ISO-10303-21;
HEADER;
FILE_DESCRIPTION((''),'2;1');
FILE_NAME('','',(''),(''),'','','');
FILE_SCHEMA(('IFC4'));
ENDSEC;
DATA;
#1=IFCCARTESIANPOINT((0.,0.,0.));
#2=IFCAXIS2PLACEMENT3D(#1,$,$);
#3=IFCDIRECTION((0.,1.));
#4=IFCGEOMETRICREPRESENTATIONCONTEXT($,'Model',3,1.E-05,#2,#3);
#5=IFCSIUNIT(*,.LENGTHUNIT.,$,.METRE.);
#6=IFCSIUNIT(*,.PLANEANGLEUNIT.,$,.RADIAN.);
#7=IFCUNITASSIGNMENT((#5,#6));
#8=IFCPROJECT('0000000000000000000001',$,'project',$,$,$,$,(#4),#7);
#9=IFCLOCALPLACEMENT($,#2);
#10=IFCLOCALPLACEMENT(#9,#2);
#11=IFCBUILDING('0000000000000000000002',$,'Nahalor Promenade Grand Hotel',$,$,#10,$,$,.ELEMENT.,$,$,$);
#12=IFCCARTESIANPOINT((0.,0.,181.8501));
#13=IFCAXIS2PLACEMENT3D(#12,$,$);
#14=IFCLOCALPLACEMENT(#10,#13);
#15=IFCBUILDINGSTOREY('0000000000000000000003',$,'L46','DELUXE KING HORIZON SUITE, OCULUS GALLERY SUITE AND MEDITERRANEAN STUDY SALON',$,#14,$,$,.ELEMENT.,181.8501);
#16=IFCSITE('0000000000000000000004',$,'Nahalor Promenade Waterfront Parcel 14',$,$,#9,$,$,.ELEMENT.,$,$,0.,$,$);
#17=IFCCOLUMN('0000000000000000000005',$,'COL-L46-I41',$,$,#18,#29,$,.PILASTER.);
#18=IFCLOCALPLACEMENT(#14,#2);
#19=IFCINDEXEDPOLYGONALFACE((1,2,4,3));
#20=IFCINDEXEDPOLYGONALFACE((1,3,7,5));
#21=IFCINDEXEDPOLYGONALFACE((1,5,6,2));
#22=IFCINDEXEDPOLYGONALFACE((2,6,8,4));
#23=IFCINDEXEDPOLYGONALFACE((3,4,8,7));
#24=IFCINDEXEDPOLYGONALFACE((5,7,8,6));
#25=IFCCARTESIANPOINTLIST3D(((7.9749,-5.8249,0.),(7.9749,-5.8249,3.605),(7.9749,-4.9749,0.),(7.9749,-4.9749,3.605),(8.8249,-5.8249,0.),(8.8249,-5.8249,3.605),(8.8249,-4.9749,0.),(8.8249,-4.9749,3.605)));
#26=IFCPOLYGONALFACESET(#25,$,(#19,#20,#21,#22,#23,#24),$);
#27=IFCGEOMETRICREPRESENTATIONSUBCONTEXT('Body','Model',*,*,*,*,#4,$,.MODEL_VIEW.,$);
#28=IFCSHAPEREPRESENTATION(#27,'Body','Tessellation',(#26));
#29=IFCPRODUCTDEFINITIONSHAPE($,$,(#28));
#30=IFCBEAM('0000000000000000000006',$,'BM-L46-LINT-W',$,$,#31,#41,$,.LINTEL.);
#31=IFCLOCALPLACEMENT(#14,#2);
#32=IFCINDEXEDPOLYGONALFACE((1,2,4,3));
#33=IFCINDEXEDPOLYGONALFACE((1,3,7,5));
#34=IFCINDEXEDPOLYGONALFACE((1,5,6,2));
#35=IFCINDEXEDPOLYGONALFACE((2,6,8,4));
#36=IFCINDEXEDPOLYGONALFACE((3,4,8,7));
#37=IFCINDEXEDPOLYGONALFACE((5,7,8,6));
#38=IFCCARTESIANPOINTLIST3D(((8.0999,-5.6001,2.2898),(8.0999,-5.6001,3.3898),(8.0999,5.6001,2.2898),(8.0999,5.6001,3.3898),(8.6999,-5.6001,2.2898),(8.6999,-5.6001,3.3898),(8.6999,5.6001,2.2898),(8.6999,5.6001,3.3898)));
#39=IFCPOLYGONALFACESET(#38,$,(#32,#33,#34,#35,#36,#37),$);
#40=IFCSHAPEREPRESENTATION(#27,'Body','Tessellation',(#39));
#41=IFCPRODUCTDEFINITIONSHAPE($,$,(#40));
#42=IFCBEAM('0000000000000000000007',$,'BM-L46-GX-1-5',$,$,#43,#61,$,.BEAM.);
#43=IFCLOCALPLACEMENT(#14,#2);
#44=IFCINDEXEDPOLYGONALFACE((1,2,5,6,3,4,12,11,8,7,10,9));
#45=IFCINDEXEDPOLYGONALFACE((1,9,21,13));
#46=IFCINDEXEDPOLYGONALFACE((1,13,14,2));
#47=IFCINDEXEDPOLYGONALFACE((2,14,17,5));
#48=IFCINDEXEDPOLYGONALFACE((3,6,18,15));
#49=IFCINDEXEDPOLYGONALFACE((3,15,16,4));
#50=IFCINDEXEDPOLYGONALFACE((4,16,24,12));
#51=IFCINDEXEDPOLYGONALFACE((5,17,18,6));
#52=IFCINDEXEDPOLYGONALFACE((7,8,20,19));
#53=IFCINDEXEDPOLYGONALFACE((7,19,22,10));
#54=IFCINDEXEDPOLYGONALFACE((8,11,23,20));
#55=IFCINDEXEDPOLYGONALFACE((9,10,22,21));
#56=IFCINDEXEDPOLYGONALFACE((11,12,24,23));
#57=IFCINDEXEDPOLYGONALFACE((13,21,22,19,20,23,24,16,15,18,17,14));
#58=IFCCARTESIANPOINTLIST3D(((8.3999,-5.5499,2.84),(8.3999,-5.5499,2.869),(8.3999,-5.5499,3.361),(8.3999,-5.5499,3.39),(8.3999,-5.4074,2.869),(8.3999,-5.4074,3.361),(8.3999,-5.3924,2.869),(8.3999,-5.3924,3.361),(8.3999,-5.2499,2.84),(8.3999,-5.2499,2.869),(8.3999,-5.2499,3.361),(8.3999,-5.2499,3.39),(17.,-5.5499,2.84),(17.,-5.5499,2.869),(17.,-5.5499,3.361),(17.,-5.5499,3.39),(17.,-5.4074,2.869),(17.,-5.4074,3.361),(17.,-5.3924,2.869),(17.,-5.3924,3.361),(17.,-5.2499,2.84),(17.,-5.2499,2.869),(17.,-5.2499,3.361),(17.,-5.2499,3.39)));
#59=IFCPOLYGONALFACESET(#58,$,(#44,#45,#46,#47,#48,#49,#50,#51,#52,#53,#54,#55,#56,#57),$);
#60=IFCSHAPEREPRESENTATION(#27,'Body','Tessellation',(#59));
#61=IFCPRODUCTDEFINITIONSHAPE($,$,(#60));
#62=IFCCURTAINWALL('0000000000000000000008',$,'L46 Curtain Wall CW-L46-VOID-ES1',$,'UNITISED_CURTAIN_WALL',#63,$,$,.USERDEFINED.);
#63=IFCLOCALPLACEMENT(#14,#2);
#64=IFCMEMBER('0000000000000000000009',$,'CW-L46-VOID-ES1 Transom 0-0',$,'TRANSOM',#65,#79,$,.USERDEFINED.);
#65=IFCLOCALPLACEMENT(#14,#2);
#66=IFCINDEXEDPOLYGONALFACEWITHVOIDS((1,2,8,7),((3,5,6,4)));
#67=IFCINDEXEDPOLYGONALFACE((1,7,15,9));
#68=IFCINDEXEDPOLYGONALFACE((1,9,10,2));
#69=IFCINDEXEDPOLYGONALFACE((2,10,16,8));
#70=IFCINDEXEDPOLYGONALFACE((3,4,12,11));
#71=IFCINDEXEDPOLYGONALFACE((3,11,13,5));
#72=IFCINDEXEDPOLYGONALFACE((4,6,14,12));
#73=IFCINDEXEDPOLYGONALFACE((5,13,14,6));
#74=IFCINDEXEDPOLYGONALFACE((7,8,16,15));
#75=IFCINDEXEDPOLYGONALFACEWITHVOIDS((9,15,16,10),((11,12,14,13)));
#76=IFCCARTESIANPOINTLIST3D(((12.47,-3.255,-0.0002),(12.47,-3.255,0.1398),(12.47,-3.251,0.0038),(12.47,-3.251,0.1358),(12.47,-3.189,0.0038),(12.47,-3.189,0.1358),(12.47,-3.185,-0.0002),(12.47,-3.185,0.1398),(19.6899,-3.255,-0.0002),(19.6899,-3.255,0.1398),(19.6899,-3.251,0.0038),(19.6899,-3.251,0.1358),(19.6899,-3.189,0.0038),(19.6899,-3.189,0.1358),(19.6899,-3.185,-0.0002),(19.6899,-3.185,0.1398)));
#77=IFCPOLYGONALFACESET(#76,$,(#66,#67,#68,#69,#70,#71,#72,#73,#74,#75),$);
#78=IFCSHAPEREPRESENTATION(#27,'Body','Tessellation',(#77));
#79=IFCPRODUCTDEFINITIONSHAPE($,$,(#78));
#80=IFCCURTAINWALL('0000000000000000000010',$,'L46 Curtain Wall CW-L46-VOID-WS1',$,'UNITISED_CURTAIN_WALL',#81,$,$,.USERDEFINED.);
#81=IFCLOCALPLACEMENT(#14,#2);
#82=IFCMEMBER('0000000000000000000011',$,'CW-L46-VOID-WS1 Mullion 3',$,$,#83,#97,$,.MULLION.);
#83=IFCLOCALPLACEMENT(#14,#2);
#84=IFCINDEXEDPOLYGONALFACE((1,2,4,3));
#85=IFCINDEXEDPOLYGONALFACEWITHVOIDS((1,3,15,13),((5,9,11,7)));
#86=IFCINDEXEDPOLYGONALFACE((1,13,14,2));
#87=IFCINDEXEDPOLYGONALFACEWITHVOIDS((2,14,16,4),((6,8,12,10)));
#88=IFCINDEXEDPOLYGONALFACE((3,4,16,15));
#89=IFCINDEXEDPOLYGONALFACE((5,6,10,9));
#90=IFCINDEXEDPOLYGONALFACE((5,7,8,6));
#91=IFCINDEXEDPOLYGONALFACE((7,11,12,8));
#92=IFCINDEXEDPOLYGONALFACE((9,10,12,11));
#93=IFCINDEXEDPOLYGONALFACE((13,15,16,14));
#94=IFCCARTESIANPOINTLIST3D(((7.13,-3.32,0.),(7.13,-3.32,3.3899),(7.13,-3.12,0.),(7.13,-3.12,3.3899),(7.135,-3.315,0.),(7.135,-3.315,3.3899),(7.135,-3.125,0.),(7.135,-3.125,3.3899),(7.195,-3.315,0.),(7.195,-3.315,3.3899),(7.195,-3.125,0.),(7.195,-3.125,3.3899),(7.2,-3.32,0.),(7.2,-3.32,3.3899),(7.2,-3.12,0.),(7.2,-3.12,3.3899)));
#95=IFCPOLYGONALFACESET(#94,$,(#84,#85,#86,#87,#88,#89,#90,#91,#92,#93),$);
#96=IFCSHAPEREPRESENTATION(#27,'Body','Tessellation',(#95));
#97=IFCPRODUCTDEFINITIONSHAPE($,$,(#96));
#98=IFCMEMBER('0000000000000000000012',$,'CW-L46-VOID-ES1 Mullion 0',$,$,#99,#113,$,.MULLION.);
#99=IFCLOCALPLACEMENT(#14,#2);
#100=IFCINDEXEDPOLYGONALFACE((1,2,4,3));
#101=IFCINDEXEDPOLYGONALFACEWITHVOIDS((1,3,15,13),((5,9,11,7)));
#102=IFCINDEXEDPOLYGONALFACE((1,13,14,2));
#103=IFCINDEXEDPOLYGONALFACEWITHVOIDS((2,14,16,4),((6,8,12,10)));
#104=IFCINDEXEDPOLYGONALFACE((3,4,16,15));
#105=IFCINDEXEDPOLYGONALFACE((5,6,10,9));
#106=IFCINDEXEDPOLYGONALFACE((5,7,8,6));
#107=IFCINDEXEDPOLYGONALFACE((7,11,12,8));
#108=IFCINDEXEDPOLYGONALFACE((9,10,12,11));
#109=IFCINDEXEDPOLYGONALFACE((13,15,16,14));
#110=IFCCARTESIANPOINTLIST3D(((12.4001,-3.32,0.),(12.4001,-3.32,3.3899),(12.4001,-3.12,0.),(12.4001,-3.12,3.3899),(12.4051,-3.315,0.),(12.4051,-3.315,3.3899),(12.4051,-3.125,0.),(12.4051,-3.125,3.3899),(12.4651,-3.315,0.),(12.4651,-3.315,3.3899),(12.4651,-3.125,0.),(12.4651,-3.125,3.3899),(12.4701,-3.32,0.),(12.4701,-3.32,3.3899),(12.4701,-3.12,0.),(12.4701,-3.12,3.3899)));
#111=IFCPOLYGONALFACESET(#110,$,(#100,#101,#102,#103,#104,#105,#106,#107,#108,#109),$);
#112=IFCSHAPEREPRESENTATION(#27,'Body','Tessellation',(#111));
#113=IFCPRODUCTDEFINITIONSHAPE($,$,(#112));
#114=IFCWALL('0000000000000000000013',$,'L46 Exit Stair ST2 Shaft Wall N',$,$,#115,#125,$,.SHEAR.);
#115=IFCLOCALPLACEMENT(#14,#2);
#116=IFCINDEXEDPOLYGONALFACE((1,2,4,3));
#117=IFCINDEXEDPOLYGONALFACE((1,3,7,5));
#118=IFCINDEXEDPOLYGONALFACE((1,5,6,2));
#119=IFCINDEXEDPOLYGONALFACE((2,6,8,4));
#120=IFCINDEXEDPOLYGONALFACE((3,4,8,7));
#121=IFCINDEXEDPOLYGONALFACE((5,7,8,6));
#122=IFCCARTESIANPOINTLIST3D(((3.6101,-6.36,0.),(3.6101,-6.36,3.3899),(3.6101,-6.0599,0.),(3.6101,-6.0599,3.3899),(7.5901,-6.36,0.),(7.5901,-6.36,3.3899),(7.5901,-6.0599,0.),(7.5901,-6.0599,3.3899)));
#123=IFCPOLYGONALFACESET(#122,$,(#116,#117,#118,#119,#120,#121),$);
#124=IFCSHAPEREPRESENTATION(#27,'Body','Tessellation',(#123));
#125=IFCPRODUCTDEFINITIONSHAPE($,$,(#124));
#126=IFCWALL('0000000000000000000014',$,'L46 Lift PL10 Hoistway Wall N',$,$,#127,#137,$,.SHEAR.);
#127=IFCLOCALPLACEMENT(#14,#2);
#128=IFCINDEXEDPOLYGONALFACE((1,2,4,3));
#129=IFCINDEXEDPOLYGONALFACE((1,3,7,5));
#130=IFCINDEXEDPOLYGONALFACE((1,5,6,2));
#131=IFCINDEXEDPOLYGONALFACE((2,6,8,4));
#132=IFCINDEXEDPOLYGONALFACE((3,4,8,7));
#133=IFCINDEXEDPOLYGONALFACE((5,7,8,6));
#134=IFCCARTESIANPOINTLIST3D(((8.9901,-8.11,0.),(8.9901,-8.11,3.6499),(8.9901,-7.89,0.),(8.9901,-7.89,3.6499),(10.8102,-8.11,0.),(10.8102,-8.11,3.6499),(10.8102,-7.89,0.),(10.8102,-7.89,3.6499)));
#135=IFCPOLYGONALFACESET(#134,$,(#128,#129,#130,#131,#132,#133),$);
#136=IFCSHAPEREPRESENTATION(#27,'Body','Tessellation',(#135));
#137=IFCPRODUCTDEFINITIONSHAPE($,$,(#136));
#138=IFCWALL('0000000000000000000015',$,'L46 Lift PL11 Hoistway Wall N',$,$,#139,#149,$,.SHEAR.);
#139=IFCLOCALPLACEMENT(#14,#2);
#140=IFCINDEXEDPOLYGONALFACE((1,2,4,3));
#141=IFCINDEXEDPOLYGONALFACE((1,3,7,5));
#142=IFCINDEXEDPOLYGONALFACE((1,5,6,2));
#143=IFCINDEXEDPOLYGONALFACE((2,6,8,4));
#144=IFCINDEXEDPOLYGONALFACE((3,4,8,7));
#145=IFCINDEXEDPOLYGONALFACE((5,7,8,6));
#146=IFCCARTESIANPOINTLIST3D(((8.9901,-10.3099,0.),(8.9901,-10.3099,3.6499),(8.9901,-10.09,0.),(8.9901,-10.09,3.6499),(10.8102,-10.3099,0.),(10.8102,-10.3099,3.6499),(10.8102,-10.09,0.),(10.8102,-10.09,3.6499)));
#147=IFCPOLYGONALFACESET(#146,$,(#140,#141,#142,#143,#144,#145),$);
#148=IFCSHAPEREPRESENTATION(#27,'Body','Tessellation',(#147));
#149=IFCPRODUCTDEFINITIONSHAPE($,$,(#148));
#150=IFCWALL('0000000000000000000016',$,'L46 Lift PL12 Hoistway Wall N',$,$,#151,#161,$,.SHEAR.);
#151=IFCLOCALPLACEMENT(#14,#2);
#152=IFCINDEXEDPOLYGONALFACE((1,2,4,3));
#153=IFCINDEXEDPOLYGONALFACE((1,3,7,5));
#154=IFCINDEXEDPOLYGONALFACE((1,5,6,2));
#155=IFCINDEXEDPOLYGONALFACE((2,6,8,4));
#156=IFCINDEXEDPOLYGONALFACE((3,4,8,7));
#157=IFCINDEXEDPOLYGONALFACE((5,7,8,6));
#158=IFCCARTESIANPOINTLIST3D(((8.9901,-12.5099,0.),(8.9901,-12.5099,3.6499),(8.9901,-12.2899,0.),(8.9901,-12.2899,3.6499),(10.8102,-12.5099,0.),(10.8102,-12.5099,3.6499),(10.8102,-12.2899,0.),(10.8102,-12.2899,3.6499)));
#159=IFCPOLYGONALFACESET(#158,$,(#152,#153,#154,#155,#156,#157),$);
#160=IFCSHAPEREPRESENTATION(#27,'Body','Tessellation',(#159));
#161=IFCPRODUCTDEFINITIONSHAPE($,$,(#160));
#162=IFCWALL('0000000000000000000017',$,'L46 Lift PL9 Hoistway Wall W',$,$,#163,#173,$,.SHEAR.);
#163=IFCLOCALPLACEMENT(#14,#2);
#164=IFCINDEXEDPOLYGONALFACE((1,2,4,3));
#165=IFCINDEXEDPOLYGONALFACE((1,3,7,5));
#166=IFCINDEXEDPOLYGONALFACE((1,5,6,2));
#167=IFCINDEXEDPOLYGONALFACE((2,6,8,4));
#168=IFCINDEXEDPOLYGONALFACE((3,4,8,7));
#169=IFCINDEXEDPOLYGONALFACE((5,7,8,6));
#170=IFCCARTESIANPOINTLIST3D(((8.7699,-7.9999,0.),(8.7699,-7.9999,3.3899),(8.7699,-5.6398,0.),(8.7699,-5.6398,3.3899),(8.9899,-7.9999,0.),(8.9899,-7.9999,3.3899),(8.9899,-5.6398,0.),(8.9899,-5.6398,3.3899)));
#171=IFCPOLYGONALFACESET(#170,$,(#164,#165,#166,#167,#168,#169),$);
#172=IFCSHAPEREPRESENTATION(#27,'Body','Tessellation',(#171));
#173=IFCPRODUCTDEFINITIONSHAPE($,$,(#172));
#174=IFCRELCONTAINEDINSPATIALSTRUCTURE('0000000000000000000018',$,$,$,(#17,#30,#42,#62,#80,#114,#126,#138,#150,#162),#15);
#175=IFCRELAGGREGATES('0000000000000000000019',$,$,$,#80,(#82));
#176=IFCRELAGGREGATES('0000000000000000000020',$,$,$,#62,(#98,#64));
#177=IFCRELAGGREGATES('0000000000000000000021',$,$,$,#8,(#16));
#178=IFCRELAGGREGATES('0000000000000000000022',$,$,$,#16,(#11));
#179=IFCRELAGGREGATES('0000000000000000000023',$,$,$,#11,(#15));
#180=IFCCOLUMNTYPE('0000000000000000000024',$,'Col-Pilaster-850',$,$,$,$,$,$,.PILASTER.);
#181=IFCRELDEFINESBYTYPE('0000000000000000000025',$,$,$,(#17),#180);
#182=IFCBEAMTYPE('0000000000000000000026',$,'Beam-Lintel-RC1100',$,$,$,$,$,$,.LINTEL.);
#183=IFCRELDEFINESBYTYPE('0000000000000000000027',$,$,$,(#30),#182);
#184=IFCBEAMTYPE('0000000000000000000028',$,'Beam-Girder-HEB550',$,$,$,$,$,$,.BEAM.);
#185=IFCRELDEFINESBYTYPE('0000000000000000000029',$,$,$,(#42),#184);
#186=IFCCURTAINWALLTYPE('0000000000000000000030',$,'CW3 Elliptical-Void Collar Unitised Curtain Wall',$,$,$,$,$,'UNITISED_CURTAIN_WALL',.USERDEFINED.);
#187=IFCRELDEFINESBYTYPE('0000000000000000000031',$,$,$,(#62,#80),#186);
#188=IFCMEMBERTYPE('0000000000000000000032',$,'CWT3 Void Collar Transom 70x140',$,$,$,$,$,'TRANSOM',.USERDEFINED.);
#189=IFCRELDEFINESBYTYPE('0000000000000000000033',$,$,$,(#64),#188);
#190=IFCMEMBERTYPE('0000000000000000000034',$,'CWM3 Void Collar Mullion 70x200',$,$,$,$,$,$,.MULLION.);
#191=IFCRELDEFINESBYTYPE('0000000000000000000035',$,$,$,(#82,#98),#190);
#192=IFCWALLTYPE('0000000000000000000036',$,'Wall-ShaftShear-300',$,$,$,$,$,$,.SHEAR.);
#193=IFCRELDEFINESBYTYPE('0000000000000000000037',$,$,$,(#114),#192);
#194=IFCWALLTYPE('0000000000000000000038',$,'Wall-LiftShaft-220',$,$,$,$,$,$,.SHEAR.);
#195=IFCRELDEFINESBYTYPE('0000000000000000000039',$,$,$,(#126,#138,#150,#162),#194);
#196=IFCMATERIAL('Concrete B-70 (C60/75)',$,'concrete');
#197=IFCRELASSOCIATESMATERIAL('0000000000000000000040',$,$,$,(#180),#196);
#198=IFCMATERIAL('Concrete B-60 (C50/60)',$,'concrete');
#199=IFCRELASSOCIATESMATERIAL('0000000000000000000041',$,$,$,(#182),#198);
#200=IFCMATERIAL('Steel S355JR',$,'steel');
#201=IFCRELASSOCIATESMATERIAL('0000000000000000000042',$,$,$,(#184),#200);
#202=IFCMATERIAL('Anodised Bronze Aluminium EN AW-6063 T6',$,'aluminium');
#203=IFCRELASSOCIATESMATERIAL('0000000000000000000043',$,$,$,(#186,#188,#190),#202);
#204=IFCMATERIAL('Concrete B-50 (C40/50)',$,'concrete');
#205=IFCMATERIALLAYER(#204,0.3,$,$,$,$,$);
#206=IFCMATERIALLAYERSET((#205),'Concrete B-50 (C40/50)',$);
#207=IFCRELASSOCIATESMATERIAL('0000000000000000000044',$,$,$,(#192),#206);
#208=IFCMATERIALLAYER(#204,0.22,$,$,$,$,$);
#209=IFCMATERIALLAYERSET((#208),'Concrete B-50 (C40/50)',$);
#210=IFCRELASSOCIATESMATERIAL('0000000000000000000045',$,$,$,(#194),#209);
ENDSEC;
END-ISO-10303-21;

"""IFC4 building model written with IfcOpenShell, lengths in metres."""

from ifc_helpers import new_model, si_unit, direction, frame, frame_2d, origin, origin_2d, place, context, subcontext, project, spatial, rectangle, hollow_rectangle, i_section, extrude, source, transform, mapped, material, layer, layer_set, material_profile, profile_set, type_object, element, aggregate, save


model = new_model("IFC4")

# Units and contexts
model_context = context("Model", 3, precision=1e-05, world=origin(), true_north=direction((0.0, 1.0)))
body_context = subcontext(model_context, "Body", "Model", "MODEL_VIEW")
ifc_project = project(units=[si_unit("LENGTHUNIT", "METRE"), si_unit("PLANEANGLEUNIT", "RADIAN")], contexts=[model_context])

# Site, building, storey
site_placement = place(None, origin())
site = spatial("IfcSite", under=ifc_project, at=site_placement, Name="Nahalor Promenade Waterfront Parcel 14", CompositionType="ELEMENT", RefElevation=0.0)
building_placement = place(site_placement, origin())
building = spatial("IfcBuilding", under=site, at=building_placement, Name="Nahalor Promenade Grand Hotel", CompositionType="ELEMENT")
storey_placement = place(building_placement, frame((0.0, 0.0, 181.8501)))
storey = spatial("IfcBuildingStorey", under=building, at=storey_placement, Name="L46", Description="DELUXE KING HORIZON SUITE, OCULUS GALLERY SUITE AND MEDITERRANEAN STUDY SALON", CompositionType="ELEMENT", Elevation=181.8501)

# Column
ifc_material_1 = material(Name="Concrete B-70 (C60/75)", Category="concrete")
ifc_material_profile_1 = material_profile(ifc_material_1, rectangle(XDim=0.85, YDim=0.85, at=origin_2d()), Name="RC 850x850")
ifc_profile_set_1 = profile_set([ifc_material_profile_1], Name="Concrete B-70 (C60/75)")
column_type = type_object("IfcColumnType", Name="Col-Pilaster-850", PredefinedType="PILASTER", material=ifc_profile_set_1)
shared_shape_1 = source(origin(), body_context, "Body", "SweptSolid", [
    extrude(rectangle(XDim=0.85, YDim=0.85, at=origin_2d()), origin(), (0.0, 0.0, 1.0), 3.605),
])
column_placement = place(storey_placement, frame((8.3999, -5.3999, 0.0), z_axis=(0.0, 0.0, 1.0), x_axis=(1.0, 0.0, 0.0)))
element("IfcColumn", 1, at=column_placement, inside=storey, type_object=column_type, Name="COL-L46-I41", PredefinedType="PILASTER", context=body_context, shape_type="MappedRepresentation", body=[
    mapped(shared_shape_1, transform((0.0, 0.0, 0.0), scale=1.0)),
])

# Beams
ifc_material_2 = material(Name="Concrete B-60 (C50/60)", Category="concrete")
ifc_material_profile_2 = material_profile(ifc_material_2, rectangle(XDim=0.6, YDim=1.1, at=origin_2d()), Name="RC 600x1100")
ifc_profile_set_2 = profile_set([ifc_material_profile_2], Name="Concrete B-60 (C50/60)")
beam_type_1 = type_object("IfcBeamType", Name="Beam-Lintel-RC1100", PredefinedType="LINTEL", material=ifc_profile_set_2)
shared_shape_2 = source(origin(), body_context, "Body", "SweptSolid", [
    extrude(rectangle(XDim=0.6, YDim=1.1, at=origin_2d()), origin(), (0.0, 0.0, 1.0), 11.2002),
])
beam_1_placement = place(storey_placement, frame((8.3999, -5.6001, 2.8398), z_axis=(0.0, 1.0, 0.0), x_axis=(-1.0, 0.0, 0.0)))
element("IfcBeam", 2, at=beam_1_placement, inside=storey, type_object=beam_type_1, Name="BM-L46-LINT-W", PredefinedType="LINTEL", context=body_context, shape_type="MappedRepresentation", body=[
    mapped(shared_shape_2, transform((0.0, 0.0, 0.0), scale=1.0)),
])
ifc_material_3 = material(Name="Steel S355JR", Category="steel")
ifc_material_profile_3 = material_profile(ifc_material_3, i_section(OverallWidth=0.3, OverallDepth=0.55, WebThickness=0.015, FlangeThickness=0.029, at=origin_2d()), Name="HEB 550")
ifc_profile_set_3 = profile_set([ifc_material_profile_3], Name="Steel S355JR")
beam_type_2 = type_object("IfcBeamType", Name="Beam-Girder-HEB550", PredefinedType="BEAM", material=ifc_profile_set_3)
shared_shape_3 = source(origin(), body_context, "Body", "SweptSolid", [
    extrude(i_section(OverallWidth=0.3, OverallDepth=0.55, WebThickness=0.015, FlangeThickness=0.029, at=origin_2d()), origin(), (0.0, 0.0, 1.0), 8.6001),
])
beam_2_placement = place(storey_placement, frame((8.3999, -5.3999, 3.115), z_axis=(1.0, 0.0, 0.0), x_axis=(0.0, 1.0, 0.0)))
element("IfcBeam", 3, at=beam_2_placement, inside=storey, type_object=beam_type_2, Name="BM-L46-GX-1-5", PredefinedType="BEAM", context=body_context, shape_type="MappedRepresentation", body=[
    mapped(shared_shape_3, transform((0.0, 0.0, 0.0), scale=1.0)),
])

# Curtain walls, members
ifc_material_4 = material(Name="Anodised Bronze Aluminium EN AW-6063 T6", Category="aluminium")
curtain_wall_type = type_object("IfcCurtainWallType", Name="CW3 Elliptical-Void Collar Unitised Curtain Wall", ElementType="UNITISED_CURTAIN_WALL", PredefinedType="USERDEFINED", material=ifc_material_4)
curtain_wall_1_placement = place(storey_placement, origin())
curtain_wall_1 = element("IfcCurtainWall", 4, at=curtain_wall_1_placement, inside=storey, type_object=curtain_wall_type, Name="L46 Curtain Wall CW-L46-VOID-ES1", ObjectType="UNITISED_CURTAIN_WALL", PredefinedType="USERDEFINED")
ifc_material_profile_4 = material_profile(ifc_material_4, hollow_rectangle(XDim=0.07, YDim=0.14, WallThickness=0.004, at=origin_2d()), Name="CWT 70x140x4")
ifc_profile_set_4 = profile_set([ifc_material_profile_4], Name="Anodised Bronze Aluminium EN AW-6063 T6")
member_type_1 = type_object("IfcMemberType", Name="CWT3 Void Collar Transom 70x140", ElementType="TRANSOM", PredefinedType="USERDEFINED", material=ifc_profile_set_4)
shared_shape_4 = source(origin(), body_context, "Body", "SweptSolid", [
    extrude(hollow_rectangle(XDim=0.07, YDim=0.14, WallThickness=0.004, at=origin_2d()), origin(), (0.0, 0.0, 1.0), 7.22),
])
member_1_placement = place(storey_placement, frame((12.47, -3.22, 0.0698), z_axis=(1.0, 0.0, 0.0), x_axis=(0.0, 1.0, 0.0)))
member_1 = element("IfcMember", 5, at=member_1_placement, type_object=member_type_1, Name="CW-L46-VOID-ES1 Transom 0-0", ObjectType="TRANSOM", PredefinedType="USERDEFINED", context=body_context, shape_type="MappedRepresentation", body=[
    mapped(shared_shape_4, transform((0.0, 0.0, 0.0), scale=1.0)),
])
curtain_wall_2_placement = place(storey_placement, origin())
curtain_wall_2 = element("IfcCurtainWall", 6, at=curtain_wall_2_placement, inside=storey, type_object=curtain_wall_type, Name="L46 Curtain Wall CW-L46-VOID-WS1", ObjectType="UNITISED_CURTAIN_WALL", PredefinedType="USERDEFINED")
ifc_material_profile_5 = material_profile(ifc_material_4, hollow_rectangle(XDim=0.07, YDim=0.2, WallThickness=0.005, at=origin_2d()), Name="CWM 70x200x5")
ifc_profile_set_5 = profile_set([ifc_material_profile_5], Name="Anodised Bronze Aluminium EN AW-6063 T6")
member_type_2 = type_object("IfcMemberType", Name="CWM3 Void Collar Mullion 70x200", PredefinedType="MULLION", material=ifc_profile_set_5)
shared_shape_5 = source(origin(), body_context, "Body", "SweptSolid", [
    extrude(hollow_rectangle(XDim=0.07, YDim=0.2, WallThickness=0.005, at=origin_2d()), origin(), (0.0, 0.0, 1.0), 3.3899),
])
member_2_placement = place(storey_placement, frame((7.165, -3.22, 0.0), z_axis=(0.0, 0.0, 1.0), x_axis=(1.0, 0.0, 0.0)))
member_2 = element("IfcMember", 7, at=member_2_placement, type_object=member_type_2, Name="CW-L46-VOID-WS1 Mullion 3", PredefinedType="MULLION", context=body_context, shape_type="MappedRepresentation", body=[
    mapped(shared_shape_5, transform((0.0, 0.0, 0.0), scale=1.0)),
])
aggregate(curtain_wall_2, [member_2])

# Member
member_3_placement = place(storey_placement, frame((12.4351, -3.22, 0.0), z_axis=(0.0, 0.0, 1.0), x_axis=(1.0, 0.0, 0.0)))
member_3 = element("IfcMember", 8, at=member_3_placement, type_object=member_type_2, Name="CW-L46-VOID-ES1 Mullion 0", PredefinedType="MULLION", context=body_context, shape_type="MappedRepresentation", body=[
    mapped(shared_shape_5, transform((0.0, 0.0, 0.0), scale=1.0)),
])
aggregate(curtain_wall_1, [member_3, member_1])

# Walls
ifc_material_5 = material(Name="Concrete B-50 (C40/50)", Category="concrete")
ifc_layer_1 = layer(ifc_material_5, 0.3)
ifc_layer_set_1 = layer_set([ifc_layer_1], Name="Concrete B-50 (C40/50)")
wall_type_1 = type_object("IfcWallType", Name="Wall-ShaftShear-300", PredefinedType="SHEAR", material=ifc_layer_set_1)
shared_shape_6 = source(origin(), body_context, "Body", "SweptSolid", [
    extrude(rectangle(XDim=3.98, YDim=0.3, at=frame_2d((1.99, 0.0))), origin(), (0.0, 0.0, 1.0), 3.3899),
])
wall_1_placement = place(storey_placement, frame((3.6101, -6.21, 0.0), z_axis=(0.0, 0.0, 1.0), x_axis=(1.0, 0.0, 0.0)))
element("IfcWall", 9, at=wall_1_placement, inside=storey, type_object=wall_type_1, Name="L46 Exit Stair ST2 Shaft Wall N", PredefinedType="SHEAR", context=body_context, shape_type="MappedRepresentation", body=[
    mapped(shared_shape_6, transform((0.0, 0.0, 0.0), scale=1.0)),
])
ifc_layer_2 = layer(ifc_material_5, 0.22)
ifc_layer_set_2 = layer_set([ifc_layer_2], Name="Concrete B-50 (C40/50)")
wall_type_2 = type_object("IfcWallType", Name="Wall-LiftShaft-220", PredefinedType="SHEAR", material=ifc_layer_set_2)
shared_shape_7 = source(origin(), body_context, "Body", "SweptSolid", [
    extrude(rectangle(XDim=1.8201, YDim=0.22, at=frame_2d((0.9102, 0.0))), origin(), (0.0, 0.0, 1.0), 3.6499),
])
for number, where, z_axis, x_axis, name in (
    (10, (8.99, -8.0, 0.0), (0.0, 0.0, 1.0), (1.0, 0.0, 0.0), "L46 Lift PL10 Hoistway Wall N"),
    (11, (8.99, -10.2, 0.0), (0.0, 0.0, 1.0), (1.0, 0.0, 0.0), "L46 Lift PL11 Hoistway Wall N"),
    (12, (8.99, -12.3999, 0.0), (0.0, 0.0, 1.0), (1.0, 0.0, 0.0), "L46 Lift PL12 Hoistway Wall N"),
):
    element("IfcWall", number, at=place(storey_placement, frame(where, z_axis=z_axis, x_axis=x_axis)), inside=storey, type_object=wall_type_2, Name=name, PredefinedType="SHEAR", context=body_context, shape_type="MappedRepresentation", body=[
        mapped(shared_shape_7, transform((0.0, 0.0, 0.0), scale=1.0)),
    ])
shared_shape_8 = source(origin(), body_context, "Body", "SweptSolid", [
    extrude(rectangle(XDim=2.3601, YDim=0.22, at=frame_2d((1.1802, 0.0))), origin(), (0.0, 0.0, 1.0), 3.3899),
])
for number, where, z_axis, x_axis, name in (
    (13, (8.8799, -8.0, 0.0), (0.0, 0.0, 1.0), (0.0, 1.0, 0.0), "L46 Lift PL9 Hoistway Wall W"),
):
    element("IfcWall", number, at=place(storey_placement, frame(where, z_axis=z_axis, x_axis=x_axis)), inside=storey, type_object=wall_type_2, Name=name, PredefinedType="SHEAR", context=body_context, shape_type="MappedRepresentation", body=[
        mapped(shared_shape_8, transform((0.0, 0.0, 0.0), scale=1.0)),
    ])

save(model, "model.ifc")
